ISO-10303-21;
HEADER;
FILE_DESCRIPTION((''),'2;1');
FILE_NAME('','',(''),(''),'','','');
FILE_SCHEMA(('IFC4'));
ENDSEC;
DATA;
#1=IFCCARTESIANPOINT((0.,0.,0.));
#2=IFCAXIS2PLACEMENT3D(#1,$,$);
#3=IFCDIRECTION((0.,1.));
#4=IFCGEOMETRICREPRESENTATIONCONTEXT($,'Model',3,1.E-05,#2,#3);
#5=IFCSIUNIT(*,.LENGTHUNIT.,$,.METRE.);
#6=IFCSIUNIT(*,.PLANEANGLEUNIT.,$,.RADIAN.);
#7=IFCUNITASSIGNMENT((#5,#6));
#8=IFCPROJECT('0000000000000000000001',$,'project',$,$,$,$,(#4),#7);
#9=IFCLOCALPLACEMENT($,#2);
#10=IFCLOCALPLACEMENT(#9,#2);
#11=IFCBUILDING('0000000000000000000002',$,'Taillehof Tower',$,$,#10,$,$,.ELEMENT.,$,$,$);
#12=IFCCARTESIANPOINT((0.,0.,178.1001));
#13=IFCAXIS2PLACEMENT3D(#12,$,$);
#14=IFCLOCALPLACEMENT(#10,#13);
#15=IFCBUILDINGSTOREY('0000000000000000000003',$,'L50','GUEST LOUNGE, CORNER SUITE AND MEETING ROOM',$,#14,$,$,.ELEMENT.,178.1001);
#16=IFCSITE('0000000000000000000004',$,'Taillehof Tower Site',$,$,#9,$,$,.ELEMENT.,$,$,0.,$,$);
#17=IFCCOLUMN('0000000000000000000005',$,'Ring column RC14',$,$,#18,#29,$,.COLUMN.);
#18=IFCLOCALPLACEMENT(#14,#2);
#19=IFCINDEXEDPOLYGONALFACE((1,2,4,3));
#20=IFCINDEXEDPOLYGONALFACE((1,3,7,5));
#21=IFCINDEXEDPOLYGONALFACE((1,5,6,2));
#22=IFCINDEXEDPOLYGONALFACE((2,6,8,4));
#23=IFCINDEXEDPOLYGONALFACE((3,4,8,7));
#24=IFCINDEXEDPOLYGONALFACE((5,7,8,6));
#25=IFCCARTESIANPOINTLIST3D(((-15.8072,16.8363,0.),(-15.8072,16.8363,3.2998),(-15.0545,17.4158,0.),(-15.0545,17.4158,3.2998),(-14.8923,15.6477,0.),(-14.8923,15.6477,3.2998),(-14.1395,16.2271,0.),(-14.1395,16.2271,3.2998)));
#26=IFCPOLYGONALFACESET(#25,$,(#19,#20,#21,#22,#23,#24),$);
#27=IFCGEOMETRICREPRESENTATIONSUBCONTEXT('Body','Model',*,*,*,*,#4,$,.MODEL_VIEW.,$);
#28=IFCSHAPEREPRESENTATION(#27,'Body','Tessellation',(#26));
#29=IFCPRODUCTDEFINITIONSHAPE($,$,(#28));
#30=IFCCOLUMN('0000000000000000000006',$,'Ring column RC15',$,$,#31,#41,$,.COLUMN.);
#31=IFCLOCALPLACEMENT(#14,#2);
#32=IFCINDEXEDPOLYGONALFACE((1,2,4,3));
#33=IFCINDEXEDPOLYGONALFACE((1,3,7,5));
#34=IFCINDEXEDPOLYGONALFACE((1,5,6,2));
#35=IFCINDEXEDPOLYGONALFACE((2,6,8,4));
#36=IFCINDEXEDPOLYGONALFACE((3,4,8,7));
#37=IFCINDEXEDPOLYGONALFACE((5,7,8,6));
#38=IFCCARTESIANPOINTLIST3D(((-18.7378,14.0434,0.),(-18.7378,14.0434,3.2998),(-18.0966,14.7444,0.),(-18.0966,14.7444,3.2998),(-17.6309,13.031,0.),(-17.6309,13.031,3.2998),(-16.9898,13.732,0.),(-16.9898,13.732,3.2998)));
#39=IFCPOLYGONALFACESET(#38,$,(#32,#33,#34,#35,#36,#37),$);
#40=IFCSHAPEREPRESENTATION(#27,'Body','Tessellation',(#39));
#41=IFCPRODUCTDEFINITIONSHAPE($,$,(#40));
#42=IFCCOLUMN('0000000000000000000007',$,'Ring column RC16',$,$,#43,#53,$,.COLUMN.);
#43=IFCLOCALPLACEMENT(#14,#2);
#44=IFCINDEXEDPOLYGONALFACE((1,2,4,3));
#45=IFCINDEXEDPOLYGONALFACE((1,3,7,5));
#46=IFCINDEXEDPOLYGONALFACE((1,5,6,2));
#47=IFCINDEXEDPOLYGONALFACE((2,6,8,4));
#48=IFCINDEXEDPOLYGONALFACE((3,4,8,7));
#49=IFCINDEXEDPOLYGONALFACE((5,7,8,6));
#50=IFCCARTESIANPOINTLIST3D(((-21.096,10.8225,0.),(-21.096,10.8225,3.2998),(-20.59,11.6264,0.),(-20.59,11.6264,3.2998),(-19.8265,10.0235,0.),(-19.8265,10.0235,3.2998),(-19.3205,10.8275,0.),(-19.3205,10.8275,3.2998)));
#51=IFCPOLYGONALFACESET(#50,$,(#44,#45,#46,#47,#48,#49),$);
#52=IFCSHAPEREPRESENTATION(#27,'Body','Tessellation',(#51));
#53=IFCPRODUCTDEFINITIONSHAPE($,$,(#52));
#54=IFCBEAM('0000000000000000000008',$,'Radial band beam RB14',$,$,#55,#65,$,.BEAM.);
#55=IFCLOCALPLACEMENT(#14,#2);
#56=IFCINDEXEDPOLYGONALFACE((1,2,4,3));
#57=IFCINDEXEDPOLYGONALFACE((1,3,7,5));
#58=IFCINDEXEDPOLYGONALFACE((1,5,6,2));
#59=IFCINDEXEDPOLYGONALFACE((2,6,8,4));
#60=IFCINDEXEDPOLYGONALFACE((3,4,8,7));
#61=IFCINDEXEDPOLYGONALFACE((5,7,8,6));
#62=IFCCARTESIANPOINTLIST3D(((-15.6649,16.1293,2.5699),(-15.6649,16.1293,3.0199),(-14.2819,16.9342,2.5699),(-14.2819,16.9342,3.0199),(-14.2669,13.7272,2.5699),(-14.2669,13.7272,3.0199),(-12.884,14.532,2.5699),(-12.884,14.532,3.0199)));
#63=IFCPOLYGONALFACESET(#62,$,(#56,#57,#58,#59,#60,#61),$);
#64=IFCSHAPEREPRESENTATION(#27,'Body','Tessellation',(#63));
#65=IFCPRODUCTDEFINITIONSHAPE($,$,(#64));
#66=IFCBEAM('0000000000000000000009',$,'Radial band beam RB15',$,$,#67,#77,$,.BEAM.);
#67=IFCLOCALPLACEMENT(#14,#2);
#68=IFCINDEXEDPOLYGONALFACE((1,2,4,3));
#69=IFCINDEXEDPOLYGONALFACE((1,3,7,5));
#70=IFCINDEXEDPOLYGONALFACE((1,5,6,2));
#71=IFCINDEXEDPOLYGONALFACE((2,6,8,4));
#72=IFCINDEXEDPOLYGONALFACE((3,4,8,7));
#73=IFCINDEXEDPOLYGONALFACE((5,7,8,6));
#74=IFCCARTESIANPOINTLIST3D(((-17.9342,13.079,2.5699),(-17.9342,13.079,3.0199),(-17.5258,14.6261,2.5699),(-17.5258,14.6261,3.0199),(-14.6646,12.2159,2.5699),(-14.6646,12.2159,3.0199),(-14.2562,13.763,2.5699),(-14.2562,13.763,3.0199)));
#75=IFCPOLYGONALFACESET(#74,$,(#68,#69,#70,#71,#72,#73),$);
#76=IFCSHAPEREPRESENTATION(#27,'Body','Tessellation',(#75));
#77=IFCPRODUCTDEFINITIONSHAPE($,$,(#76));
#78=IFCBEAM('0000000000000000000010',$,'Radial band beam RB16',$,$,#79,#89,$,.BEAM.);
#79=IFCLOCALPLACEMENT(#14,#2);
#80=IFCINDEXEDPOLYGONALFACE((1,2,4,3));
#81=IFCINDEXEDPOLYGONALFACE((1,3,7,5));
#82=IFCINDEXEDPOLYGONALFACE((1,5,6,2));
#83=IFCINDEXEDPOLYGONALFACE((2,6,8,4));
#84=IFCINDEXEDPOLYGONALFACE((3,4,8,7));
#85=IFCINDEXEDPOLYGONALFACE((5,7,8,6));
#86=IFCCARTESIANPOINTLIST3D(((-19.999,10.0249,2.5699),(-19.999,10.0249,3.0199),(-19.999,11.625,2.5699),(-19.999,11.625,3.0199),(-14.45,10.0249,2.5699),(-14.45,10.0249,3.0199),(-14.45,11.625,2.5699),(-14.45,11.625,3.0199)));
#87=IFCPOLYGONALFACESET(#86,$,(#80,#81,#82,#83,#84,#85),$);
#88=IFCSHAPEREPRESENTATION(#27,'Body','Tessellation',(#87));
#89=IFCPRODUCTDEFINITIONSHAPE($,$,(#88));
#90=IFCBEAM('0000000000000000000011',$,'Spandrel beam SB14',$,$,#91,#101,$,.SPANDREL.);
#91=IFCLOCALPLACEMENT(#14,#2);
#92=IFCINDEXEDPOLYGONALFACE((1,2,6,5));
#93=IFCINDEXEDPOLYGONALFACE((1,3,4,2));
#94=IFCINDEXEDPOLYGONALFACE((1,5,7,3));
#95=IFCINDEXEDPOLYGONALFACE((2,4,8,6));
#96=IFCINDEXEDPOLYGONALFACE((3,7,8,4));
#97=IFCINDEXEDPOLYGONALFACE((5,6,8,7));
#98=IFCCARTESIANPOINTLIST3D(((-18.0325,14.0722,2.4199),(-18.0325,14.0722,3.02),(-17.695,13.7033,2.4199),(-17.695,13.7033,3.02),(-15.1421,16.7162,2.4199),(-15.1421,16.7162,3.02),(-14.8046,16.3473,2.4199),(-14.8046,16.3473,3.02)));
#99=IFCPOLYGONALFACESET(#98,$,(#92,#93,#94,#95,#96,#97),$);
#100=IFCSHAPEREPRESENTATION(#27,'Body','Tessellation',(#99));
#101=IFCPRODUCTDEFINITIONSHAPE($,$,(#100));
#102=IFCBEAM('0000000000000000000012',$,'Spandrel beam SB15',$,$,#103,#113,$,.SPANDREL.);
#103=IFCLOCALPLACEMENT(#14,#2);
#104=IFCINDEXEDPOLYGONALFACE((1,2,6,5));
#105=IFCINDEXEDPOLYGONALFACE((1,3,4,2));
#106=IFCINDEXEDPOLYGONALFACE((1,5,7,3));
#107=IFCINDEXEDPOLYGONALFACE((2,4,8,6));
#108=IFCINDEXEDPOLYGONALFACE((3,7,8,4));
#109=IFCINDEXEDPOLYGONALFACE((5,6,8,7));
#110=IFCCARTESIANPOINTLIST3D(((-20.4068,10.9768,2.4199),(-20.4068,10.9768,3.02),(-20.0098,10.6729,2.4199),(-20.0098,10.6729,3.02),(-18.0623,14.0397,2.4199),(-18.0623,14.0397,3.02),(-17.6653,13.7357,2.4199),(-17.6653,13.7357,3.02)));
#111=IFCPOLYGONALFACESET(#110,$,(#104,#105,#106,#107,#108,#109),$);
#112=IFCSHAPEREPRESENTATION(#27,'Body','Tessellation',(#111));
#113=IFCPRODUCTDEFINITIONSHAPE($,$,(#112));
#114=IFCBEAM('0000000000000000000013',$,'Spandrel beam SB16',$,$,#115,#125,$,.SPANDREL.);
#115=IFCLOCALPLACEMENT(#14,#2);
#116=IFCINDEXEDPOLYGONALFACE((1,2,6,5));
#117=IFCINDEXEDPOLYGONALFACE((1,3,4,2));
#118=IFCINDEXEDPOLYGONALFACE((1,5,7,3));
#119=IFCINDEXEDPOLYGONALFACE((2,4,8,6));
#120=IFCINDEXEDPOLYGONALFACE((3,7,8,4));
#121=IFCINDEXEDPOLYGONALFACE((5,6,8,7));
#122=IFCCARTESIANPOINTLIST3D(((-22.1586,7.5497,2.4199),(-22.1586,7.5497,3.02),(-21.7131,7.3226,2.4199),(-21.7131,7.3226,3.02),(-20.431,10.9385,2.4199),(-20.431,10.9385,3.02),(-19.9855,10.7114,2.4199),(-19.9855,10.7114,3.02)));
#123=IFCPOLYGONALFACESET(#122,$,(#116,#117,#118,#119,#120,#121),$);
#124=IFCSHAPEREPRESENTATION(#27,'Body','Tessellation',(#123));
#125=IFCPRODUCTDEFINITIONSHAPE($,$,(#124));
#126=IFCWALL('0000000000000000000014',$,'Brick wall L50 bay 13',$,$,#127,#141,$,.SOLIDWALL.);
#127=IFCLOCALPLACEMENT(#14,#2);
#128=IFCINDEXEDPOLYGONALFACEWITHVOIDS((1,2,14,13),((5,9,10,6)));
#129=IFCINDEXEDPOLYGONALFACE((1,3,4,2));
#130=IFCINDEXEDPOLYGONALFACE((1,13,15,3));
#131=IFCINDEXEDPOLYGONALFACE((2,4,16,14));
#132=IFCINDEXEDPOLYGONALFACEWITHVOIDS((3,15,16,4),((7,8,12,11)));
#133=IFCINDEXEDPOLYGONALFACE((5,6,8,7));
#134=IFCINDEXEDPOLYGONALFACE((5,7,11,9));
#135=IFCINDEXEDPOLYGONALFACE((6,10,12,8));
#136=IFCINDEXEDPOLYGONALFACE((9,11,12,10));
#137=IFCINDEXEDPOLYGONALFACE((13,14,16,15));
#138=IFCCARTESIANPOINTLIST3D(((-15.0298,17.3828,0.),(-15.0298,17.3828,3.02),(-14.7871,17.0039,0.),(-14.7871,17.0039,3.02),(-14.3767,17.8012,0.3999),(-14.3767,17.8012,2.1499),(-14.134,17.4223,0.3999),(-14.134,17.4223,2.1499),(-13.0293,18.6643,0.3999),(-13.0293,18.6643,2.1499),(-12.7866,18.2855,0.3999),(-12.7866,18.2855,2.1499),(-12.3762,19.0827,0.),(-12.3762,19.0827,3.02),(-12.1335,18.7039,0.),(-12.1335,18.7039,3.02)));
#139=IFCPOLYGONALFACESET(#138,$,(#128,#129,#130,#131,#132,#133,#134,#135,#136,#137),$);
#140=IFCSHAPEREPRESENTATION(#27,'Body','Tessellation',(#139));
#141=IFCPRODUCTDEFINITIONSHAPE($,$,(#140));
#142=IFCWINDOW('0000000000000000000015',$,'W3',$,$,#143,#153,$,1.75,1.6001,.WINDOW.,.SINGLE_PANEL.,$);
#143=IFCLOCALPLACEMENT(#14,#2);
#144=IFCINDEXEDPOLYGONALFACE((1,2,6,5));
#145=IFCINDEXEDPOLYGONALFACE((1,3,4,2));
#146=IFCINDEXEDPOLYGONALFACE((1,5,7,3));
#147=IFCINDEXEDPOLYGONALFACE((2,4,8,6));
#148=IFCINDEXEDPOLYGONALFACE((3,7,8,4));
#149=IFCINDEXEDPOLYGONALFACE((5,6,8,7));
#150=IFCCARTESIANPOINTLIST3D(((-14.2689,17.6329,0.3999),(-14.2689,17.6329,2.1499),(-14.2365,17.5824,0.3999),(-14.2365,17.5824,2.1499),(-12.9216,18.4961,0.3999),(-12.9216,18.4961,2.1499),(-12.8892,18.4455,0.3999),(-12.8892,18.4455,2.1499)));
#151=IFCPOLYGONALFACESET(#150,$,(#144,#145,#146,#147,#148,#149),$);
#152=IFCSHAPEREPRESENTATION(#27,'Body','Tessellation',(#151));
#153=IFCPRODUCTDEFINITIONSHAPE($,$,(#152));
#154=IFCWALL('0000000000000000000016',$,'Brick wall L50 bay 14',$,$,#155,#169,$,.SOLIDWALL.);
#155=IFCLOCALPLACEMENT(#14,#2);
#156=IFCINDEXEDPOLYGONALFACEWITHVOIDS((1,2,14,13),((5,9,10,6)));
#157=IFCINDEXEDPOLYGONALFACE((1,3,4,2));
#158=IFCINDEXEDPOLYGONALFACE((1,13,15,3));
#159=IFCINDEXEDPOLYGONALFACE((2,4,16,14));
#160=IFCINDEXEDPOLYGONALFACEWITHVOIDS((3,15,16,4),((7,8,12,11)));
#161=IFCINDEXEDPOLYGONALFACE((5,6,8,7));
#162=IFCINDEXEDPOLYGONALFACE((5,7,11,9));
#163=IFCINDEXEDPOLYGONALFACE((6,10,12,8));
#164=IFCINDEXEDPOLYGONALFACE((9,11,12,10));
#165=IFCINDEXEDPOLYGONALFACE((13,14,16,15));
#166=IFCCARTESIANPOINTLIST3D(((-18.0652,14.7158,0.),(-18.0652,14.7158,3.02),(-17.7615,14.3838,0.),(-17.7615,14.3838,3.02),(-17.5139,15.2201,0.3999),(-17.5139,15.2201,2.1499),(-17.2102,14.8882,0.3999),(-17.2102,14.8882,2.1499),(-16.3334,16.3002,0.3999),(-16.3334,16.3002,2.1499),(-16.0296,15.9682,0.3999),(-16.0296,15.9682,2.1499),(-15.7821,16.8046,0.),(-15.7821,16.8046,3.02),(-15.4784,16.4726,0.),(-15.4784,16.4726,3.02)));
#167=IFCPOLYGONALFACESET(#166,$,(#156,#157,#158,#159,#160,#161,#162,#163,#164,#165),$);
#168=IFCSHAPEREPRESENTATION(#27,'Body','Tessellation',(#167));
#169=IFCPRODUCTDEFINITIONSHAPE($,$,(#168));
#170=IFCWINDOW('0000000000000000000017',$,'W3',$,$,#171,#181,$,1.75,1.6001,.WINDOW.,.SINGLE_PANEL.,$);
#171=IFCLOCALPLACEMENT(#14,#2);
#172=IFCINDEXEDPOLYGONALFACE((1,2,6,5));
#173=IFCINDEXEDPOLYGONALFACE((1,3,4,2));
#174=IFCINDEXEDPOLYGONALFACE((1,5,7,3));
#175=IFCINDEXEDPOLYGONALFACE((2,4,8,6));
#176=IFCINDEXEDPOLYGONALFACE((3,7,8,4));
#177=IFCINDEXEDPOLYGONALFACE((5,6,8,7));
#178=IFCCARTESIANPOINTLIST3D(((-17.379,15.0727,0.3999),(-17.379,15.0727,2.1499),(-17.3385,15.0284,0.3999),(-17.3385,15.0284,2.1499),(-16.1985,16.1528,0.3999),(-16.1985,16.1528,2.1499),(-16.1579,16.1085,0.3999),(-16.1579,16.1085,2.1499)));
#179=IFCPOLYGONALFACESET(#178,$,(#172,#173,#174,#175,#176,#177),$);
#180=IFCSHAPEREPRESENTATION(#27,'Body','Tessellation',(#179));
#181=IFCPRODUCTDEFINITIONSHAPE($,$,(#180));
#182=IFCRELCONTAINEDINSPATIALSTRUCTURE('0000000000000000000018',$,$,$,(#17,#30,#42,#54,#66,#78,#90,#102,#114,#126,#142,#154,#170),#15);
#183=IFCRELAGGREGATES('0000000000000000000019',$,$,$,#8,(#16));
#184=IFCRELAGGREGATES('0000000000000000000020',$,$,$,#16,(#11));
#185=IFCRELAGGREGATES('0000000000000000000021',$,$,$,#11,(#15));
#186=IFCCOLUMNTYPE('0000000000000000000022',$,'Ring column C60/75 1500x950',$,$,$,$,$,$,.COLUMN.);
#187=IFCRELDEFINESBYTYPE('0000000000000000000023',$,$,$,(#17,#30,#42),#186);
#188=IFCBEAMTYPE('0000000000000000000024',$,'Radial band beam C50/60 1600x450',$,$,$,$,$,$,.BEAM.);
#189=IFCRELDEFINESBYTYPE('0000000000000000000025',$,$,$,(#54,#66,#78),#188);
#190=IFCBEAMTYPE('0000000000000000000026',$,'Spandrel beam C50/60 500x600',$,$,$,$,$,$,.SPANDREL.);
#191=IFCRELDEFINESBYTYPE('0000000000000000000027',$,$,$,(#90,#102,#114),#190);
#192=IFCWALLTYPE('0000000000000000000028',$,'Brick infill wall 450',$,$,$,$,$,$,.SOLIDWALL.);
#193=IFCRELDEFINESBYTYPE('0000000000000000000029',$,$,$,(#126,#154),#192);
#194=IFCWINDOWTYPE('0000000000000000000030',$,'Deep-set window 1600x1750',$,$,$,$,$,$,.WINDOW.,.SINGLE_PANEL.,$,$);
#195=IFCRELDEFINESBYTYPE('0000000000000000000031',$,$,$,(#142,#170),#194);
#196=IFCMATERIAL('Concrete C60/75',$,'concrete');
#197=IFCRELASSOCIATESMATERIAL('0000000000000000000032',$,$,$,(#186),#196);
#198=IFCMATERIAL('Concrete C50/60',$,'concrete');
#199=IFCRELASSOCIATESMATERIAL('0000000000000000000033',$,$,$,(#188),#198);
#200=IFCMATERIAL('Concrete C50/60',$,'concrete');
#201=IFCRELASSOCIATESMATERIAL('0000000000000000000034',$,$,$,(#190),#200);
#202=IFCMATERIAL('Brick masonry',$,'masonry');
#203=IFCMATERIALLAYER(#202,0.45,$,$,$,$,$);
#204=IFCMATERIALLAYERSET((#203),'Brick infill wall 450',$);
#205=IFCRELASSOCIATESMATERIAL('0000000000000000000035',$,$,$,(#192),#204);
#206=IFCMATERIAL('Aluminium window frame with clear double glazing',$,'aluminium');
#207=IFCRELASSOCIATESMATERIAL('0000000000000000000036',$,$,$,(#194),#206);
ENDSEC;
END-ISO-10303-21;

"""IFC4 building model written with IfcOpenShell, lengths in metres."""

from ifc_helpers import new_model, si_unit, direction, frame, frame_2d, origin, origin_2d, place, context, subcontext, project, spatial, rectangle, extrude, material, layer, layer_set, material_profile, profile_set, type_object, element, fill, save


model = new_model("IFC4")

# Units and contexts
model_context = context("Model", 3, precision=1e-05, world=origin(), true_north=direction((0.0, 1.0)))
body_context = subcontext(model_context, "Body", "Model", "MODEL_VIEW")
ifc_project = project(units=[si_unit("LENGTHUNIT", "METRE"), si_unit("PLANEANGLEUNIT", "RADIAN")], contexts=[model_context])

# Site, building, storey
site_placement = place(None, origin())
site = spatial("IfcSite", under=ifc_project, at=site_placement, Name="Taillehof Tower Site", CompositionType="ELEMENT", RefElevation=0.0)
building_placement = place(site_placement, origin())
building = spatial("IfcBuilding", under=site, at=building_placement, Name="Taillehof Tower", CompositionType="ELEMENT")
storey_placement = place(building_placement, frame((0.0, 0.0, 178.1001)))
storey = spatial("IfcBuildingStorey", under=building, at=storey_placement, Name="L50", Description="GUEST LOUNGE, CORNER SUITE AND MEETING ROOM", CompositionType="ELEMENT", Elevation=178.1001)

# Columns
ifc_material_1 = material(Name="Concrete C60/75", Category="concrete")
ifc_material_profile_1 = material_profile(ifc_material_1, rectangle(XDim=1.5, YDim=0.95, at=origin_2d()), Name="RC 1500x950")
ifc_profile_set_1 = profile_set([ifc_material_profile_1], Name="Concrete C60/75")
column_type = type_object("IfcColumnType", Name="Ring column C60/75 1500x950", PredefinedType="COLUMN", material=ifc_profile_set_1)
for number, where, z_axis, x_axis, name in (
    (1, (-14.9734, 16.5317, 0.0), (0.0, 0.0, 1.0), (-0.609971, 0.792424, 0.0), "Ring column RC14"),
    (2, (-17.8638, 13.8877, 0.0), (0.0, 0.0, 1.0), (-0.737879, 0.674933, 0.0), "Ring column RC15"),
    (3, (-20.2083, 10.825, 0.0), (0.0, 0.0, 1.0), (-0.846334, 0.532652, 0.0), "Ring column RC16"),
):
    element("IfcColumn", number, at=place(storey_placement, frame(where, z_axis=z_axis, x_axis=x_axis)), inside=storey, type_object=column_type, Name=name, PredefinedType="COLUMN", context=body_context, shape_type="SweptSolid", body=[
        extrude(rectangle(XDim=1.5, YDim=0.95, at=origin_2d()), origin(), (0.0, 0.0, 1.0), 3.2998),
    ])

# Beams
ifc_material_2 = material(Name="Concrete C50/60", Category="concrete")
ifc_material_profile_2 = material_profile(ifc_material_2, rectangle(XDim=1.6001, YDim=0.45, at=origin_2d()), Name="RC 1600x450")
ifc_profile_set_2 = profile_set([ifc_material_profile_2], Name="Concrete C50/60")
beam_type_1 = type_object("IfcBeamType", Name="Radial band beam C50/60 1600x450", PredefinedType="BEAM", material=ifc_profile_set_2)
beam_1_placement = place(storey_placement, frame((-14.9734, 16.5317, 2.7949), z_axis=(0.502991, -0.864291, 0.0), x_axis=(0.864291, 0.502991, 0.0)))
element("IfcBeam", 4, at=beam_1_placement, inside=storey, type_object=beam_type_1, Name="Radial band beam RB14", PredefinedType="BEAM", context=body_context, shape_type="SweptSolid", body=[
    extrude(rectangle(XDim=1.6001, YDim=0.45, at=origin_2d()), origin(), (0.0, 0.0, 1.0), 2.7793),
])
beam_2_placement = place(storey_placement, frame((-17.73, 13.8525, 2.7949), z_axis=(0.966883, -0.255222, 0.0), x_axis=(0.255222, 0.966883, 0.0)))
element("IfcBeam", 5, at=beam_2_placement, inside=storey, type_object=beam_type_1, Name="Radial band beam RB15", PredefinedType="BEAM", context=body_context, shape_type="SweptSolid", body=[
    extrude(rectangle(XDim=1.6001, YDim=0.45, at=origin_2d()), origin(), (0.0, 0.0, 1.0), 3.3816),
])
beam_3_placement = place(storey_placement, frame((-19.999, 10.825, 2.7949), z_axis=(1.0, 0.0, 0.0), x_axis=(0.0, 1.0, 0.0)))
element("IfcBeam", 6, at=beam_3_placement, inside=storey, type_object=beam_type_1, Name="Radial band beam RB16", PredefinedType="BEAM", context=body_context, shape_type="SweptSolid", body=[
    extrude(rectangle(XDim=1.6001, YDim=0.45, at=origin_2d()), origin(), (0.0, 0.0, 1.0), 5.5491),
])
ifc_material_3 = material(Name="Concrete C50/60", Category="concrete")
ifc_material_profile_3 = material_profile(ifc_material_3, rectangle(XDim=0.5, YDim=0.6001, at=origin_2d()), Name="RC 500x600")
ifc_profile_set_3 = profile_set([ifc_material_profile_3], Name="Concrete C50/60")
beam_type_2 = type_object("IfcBeamType", Name="Spandrel beam C50/60 500x600", PredefinedType="SPANDREL", material=ifc_profile_set_3)
beam_4_placement = place(storey_placement, frame((-14.9734, 16.5317, 2.72), z_axis=(-0.73785, -0.674965, 0.0), x_axis=(0.674965, -0.73785, 0.0)))
element("IfcBeam", 7, at=beam_4_placement, inside=storey, type_object=beam_type_2, Name="Spandrel beam SB14", PredefinedType="SPANDREL", context=body_context, shape_type="SweptSolid", body=[
    extrude(rectangle(XDim=0.5, YDim=0.6001, at=origin_2d()), origin(), (0.0, 0.0, 1.0), 3.9172),
])
beam_5_placement = place(storey_placement, frame((-17.8638, 13.8877, 2.72), z_axis=(-0.60784, -0.794059, 0.0), x_axis=(0.794059, -0.60784, 0.0)))
element("IfcBeam", 8, at=beam_5_placement, inside=storey, type_object=beam_type_2, Name="Spandrel beam SB15", PredefinedType="SPANDREL", context=body_context, shape_type="SweptSolid", body=[
    extrude(rectangle(XDim=0.5, YDim=0.6001, at=origin_2d()), origin(), (0.0, 0.0, 1.0), 3.8572),
])
beam_6_placement = place(storey_placement, frame((-20.2083, 10.825, 2.72), z_axis=(-0.454183, -0.890908, 0.0), x_axis=(0.890908, -0.454183, 0.0)))
element("IfcBeam", 9, at=beam_6_placement, inside=storey, type_object=beam_type_2, Name="Spandrel beam SB16", PredefinedType="SPANDREL", context=body_context, shape_type="SweptSolid", body=[
    extrude(rectangle(XDim=0.5, YDim=0.6001, at=origin_2d()), origin(), (0.0, 0.0, 1.0), 3.8037),
])

# Walls, openings, windows
ifc_material_4 = material(Name="Brick masonry", Category="masonry")
ifc_layer_1 = layer(ifc_material_4, 0.45)
ifc_layer_set_1 = layer_set([ifc_layer_1], Name="Brick infill wall 450")
wall_type_1 = type_object("IfcWallType", Name="Brick infill wall 450", PredefinedType="SOLIDWALL", material=ifc_layer_set_1)
wall_1_placement = place(storey_placement, frame((-12.2549, 18.8933, 0.0), z_axis=(0.0, 0.0, 1.0), x_axis=(-0.842031, -0.53943, 0.0)))
wall_1 = element("IfcWall", 10, at=wall_1_placement, inside=storey, type_object=wall_type_1, Name="Brick wall L50 bay 13", PredefinedType="SOLIDWALL", context=body_context, shape_type="SweptSolid", body=[
    extrude(rectangle(XDim=3.1514, YDim=0.45, at=frame_2d((1.5757, 0.0))), origin(), (0.0, 0.0, 1.0), 3.02),
])
opening_1_placement = place(wall_1_placement, frame((0.7756, 0.0, 0.3999)))
opening_1 = element("IfcOpeningElement", 11, at=opening_1_placement, cuts=wall_1, PredefinedType="OPENING", context=body_context, shape_type="SweptSolid", body=[
    extrude(rectangle(XDim=1.6001, YDim=1.75, at=frame_2d((0.8, 0.875))), frame((0.0, 0.2349, 0.0), z_axis=(0.0, -1.0, 0.0), x_axis=(1.0, 0.0, 0.0)), (0.0, 0.0, 1.0), 0.47),
])
ifc_material_5 = material(Name="Aluminium window frame with clear double glazing", Category="aluminium")
window_type = type_object("IfcWindowType", Name="Deep-set window 1600x1750", PartitioningType="SINGLE_PANEL", PredefinedType="WINDOW", material=ifc_material_5)
window_1_placement = place(opening_1_placement, origin())
window_1 = element("IfcWindow", 12, at=window_1_placement, inside=storey, type_object=window_type, Name="W3", OverallHeight=1.75, OverallWidth=1.6001, PartitioningType="SINGLE_PANEL", PredefinedType="WINDOW", context=body_context, shape_type="SweptSolid", body=[
    extrude(rectangle(XDim=1.6001, YDim=1.75, at=frame_2d((0.8, 0.875))), frame((0.0, 0.0349, 0.0), z_axis=(0.0, -1.0, 0.0), x_axis=(1.0, 0.0, 0.0)), (0.0, 0.0, 1.0), 0.0601),
])
fill(opening_1, window_1)
wall_2_placement = place(storey_placement, frame((-15.6301, 16.6387, 0.0), z_axis=(0.0, 0.0, 1.0), x_axis=(-0.737809, -0.67501, 0.0)))
wall_2 = element("IfcWall", 13, at=wall_2_placement, inside=storey, type_object=wall_type_1, Name="Brick wall L50 bay 14", PredefinedType="SOLIDWALL", context=body_context, shape_type="SweptSolid", body=[
    extrude(rectangle(XDim=3.0945, YDim=0.45, at=frame_2d((1.5474, 0.0))), origin(), (0.0, 0.0, 1.0), 3.02),
])
opening_2_placement = place(wall_2_placement, frame((0.7473, 0.0, 0.3999)))
opening_2 = element("IfcOpeningElement", 14, at=opening_2_placement, cuts=wall_2, PredefinedType="OPENING", context=body_context, shape_type="SweptSolid", body=[
    extrude(rectangle(XDim=1.6001, YDim=1.75, at=frame_2d((0.8, 0.875))), frame((0.0, 0.2349, 0.0), z_axis=(0.0, -1.0, 0.0), x_axis=(1.0, 0.0, 0.0)), (0.0, 0.0, 1.0), 0.47),
])
window_2_placement = place(opening_2_placement, origin())
window_2 = element("IfcWindow", 15, at=window_2_placement, inside=storey, type_object=window_type, Name="W3", OverallHeight=1.75, OverallWidth=1.6001, PartitioningType="SINGLE_PANEL", PredefinedType="WINDOW", context=body_context, shape_type="SweptSolid", body=[
    extrude(rectangle(XDim=1.6001, YDim=1.75, at=frame_2d((0.8, 0.875))), frame((0.0, 0.0349, 0.0), z_axis=(0.0, -1.0, 0.0), x_axis=(1.0, 0.0, 0.0)), (0.0, 0.0, 1.0), 0.0601),
])
fill(opening_2, window_2)

save(model, "model.ifc")
